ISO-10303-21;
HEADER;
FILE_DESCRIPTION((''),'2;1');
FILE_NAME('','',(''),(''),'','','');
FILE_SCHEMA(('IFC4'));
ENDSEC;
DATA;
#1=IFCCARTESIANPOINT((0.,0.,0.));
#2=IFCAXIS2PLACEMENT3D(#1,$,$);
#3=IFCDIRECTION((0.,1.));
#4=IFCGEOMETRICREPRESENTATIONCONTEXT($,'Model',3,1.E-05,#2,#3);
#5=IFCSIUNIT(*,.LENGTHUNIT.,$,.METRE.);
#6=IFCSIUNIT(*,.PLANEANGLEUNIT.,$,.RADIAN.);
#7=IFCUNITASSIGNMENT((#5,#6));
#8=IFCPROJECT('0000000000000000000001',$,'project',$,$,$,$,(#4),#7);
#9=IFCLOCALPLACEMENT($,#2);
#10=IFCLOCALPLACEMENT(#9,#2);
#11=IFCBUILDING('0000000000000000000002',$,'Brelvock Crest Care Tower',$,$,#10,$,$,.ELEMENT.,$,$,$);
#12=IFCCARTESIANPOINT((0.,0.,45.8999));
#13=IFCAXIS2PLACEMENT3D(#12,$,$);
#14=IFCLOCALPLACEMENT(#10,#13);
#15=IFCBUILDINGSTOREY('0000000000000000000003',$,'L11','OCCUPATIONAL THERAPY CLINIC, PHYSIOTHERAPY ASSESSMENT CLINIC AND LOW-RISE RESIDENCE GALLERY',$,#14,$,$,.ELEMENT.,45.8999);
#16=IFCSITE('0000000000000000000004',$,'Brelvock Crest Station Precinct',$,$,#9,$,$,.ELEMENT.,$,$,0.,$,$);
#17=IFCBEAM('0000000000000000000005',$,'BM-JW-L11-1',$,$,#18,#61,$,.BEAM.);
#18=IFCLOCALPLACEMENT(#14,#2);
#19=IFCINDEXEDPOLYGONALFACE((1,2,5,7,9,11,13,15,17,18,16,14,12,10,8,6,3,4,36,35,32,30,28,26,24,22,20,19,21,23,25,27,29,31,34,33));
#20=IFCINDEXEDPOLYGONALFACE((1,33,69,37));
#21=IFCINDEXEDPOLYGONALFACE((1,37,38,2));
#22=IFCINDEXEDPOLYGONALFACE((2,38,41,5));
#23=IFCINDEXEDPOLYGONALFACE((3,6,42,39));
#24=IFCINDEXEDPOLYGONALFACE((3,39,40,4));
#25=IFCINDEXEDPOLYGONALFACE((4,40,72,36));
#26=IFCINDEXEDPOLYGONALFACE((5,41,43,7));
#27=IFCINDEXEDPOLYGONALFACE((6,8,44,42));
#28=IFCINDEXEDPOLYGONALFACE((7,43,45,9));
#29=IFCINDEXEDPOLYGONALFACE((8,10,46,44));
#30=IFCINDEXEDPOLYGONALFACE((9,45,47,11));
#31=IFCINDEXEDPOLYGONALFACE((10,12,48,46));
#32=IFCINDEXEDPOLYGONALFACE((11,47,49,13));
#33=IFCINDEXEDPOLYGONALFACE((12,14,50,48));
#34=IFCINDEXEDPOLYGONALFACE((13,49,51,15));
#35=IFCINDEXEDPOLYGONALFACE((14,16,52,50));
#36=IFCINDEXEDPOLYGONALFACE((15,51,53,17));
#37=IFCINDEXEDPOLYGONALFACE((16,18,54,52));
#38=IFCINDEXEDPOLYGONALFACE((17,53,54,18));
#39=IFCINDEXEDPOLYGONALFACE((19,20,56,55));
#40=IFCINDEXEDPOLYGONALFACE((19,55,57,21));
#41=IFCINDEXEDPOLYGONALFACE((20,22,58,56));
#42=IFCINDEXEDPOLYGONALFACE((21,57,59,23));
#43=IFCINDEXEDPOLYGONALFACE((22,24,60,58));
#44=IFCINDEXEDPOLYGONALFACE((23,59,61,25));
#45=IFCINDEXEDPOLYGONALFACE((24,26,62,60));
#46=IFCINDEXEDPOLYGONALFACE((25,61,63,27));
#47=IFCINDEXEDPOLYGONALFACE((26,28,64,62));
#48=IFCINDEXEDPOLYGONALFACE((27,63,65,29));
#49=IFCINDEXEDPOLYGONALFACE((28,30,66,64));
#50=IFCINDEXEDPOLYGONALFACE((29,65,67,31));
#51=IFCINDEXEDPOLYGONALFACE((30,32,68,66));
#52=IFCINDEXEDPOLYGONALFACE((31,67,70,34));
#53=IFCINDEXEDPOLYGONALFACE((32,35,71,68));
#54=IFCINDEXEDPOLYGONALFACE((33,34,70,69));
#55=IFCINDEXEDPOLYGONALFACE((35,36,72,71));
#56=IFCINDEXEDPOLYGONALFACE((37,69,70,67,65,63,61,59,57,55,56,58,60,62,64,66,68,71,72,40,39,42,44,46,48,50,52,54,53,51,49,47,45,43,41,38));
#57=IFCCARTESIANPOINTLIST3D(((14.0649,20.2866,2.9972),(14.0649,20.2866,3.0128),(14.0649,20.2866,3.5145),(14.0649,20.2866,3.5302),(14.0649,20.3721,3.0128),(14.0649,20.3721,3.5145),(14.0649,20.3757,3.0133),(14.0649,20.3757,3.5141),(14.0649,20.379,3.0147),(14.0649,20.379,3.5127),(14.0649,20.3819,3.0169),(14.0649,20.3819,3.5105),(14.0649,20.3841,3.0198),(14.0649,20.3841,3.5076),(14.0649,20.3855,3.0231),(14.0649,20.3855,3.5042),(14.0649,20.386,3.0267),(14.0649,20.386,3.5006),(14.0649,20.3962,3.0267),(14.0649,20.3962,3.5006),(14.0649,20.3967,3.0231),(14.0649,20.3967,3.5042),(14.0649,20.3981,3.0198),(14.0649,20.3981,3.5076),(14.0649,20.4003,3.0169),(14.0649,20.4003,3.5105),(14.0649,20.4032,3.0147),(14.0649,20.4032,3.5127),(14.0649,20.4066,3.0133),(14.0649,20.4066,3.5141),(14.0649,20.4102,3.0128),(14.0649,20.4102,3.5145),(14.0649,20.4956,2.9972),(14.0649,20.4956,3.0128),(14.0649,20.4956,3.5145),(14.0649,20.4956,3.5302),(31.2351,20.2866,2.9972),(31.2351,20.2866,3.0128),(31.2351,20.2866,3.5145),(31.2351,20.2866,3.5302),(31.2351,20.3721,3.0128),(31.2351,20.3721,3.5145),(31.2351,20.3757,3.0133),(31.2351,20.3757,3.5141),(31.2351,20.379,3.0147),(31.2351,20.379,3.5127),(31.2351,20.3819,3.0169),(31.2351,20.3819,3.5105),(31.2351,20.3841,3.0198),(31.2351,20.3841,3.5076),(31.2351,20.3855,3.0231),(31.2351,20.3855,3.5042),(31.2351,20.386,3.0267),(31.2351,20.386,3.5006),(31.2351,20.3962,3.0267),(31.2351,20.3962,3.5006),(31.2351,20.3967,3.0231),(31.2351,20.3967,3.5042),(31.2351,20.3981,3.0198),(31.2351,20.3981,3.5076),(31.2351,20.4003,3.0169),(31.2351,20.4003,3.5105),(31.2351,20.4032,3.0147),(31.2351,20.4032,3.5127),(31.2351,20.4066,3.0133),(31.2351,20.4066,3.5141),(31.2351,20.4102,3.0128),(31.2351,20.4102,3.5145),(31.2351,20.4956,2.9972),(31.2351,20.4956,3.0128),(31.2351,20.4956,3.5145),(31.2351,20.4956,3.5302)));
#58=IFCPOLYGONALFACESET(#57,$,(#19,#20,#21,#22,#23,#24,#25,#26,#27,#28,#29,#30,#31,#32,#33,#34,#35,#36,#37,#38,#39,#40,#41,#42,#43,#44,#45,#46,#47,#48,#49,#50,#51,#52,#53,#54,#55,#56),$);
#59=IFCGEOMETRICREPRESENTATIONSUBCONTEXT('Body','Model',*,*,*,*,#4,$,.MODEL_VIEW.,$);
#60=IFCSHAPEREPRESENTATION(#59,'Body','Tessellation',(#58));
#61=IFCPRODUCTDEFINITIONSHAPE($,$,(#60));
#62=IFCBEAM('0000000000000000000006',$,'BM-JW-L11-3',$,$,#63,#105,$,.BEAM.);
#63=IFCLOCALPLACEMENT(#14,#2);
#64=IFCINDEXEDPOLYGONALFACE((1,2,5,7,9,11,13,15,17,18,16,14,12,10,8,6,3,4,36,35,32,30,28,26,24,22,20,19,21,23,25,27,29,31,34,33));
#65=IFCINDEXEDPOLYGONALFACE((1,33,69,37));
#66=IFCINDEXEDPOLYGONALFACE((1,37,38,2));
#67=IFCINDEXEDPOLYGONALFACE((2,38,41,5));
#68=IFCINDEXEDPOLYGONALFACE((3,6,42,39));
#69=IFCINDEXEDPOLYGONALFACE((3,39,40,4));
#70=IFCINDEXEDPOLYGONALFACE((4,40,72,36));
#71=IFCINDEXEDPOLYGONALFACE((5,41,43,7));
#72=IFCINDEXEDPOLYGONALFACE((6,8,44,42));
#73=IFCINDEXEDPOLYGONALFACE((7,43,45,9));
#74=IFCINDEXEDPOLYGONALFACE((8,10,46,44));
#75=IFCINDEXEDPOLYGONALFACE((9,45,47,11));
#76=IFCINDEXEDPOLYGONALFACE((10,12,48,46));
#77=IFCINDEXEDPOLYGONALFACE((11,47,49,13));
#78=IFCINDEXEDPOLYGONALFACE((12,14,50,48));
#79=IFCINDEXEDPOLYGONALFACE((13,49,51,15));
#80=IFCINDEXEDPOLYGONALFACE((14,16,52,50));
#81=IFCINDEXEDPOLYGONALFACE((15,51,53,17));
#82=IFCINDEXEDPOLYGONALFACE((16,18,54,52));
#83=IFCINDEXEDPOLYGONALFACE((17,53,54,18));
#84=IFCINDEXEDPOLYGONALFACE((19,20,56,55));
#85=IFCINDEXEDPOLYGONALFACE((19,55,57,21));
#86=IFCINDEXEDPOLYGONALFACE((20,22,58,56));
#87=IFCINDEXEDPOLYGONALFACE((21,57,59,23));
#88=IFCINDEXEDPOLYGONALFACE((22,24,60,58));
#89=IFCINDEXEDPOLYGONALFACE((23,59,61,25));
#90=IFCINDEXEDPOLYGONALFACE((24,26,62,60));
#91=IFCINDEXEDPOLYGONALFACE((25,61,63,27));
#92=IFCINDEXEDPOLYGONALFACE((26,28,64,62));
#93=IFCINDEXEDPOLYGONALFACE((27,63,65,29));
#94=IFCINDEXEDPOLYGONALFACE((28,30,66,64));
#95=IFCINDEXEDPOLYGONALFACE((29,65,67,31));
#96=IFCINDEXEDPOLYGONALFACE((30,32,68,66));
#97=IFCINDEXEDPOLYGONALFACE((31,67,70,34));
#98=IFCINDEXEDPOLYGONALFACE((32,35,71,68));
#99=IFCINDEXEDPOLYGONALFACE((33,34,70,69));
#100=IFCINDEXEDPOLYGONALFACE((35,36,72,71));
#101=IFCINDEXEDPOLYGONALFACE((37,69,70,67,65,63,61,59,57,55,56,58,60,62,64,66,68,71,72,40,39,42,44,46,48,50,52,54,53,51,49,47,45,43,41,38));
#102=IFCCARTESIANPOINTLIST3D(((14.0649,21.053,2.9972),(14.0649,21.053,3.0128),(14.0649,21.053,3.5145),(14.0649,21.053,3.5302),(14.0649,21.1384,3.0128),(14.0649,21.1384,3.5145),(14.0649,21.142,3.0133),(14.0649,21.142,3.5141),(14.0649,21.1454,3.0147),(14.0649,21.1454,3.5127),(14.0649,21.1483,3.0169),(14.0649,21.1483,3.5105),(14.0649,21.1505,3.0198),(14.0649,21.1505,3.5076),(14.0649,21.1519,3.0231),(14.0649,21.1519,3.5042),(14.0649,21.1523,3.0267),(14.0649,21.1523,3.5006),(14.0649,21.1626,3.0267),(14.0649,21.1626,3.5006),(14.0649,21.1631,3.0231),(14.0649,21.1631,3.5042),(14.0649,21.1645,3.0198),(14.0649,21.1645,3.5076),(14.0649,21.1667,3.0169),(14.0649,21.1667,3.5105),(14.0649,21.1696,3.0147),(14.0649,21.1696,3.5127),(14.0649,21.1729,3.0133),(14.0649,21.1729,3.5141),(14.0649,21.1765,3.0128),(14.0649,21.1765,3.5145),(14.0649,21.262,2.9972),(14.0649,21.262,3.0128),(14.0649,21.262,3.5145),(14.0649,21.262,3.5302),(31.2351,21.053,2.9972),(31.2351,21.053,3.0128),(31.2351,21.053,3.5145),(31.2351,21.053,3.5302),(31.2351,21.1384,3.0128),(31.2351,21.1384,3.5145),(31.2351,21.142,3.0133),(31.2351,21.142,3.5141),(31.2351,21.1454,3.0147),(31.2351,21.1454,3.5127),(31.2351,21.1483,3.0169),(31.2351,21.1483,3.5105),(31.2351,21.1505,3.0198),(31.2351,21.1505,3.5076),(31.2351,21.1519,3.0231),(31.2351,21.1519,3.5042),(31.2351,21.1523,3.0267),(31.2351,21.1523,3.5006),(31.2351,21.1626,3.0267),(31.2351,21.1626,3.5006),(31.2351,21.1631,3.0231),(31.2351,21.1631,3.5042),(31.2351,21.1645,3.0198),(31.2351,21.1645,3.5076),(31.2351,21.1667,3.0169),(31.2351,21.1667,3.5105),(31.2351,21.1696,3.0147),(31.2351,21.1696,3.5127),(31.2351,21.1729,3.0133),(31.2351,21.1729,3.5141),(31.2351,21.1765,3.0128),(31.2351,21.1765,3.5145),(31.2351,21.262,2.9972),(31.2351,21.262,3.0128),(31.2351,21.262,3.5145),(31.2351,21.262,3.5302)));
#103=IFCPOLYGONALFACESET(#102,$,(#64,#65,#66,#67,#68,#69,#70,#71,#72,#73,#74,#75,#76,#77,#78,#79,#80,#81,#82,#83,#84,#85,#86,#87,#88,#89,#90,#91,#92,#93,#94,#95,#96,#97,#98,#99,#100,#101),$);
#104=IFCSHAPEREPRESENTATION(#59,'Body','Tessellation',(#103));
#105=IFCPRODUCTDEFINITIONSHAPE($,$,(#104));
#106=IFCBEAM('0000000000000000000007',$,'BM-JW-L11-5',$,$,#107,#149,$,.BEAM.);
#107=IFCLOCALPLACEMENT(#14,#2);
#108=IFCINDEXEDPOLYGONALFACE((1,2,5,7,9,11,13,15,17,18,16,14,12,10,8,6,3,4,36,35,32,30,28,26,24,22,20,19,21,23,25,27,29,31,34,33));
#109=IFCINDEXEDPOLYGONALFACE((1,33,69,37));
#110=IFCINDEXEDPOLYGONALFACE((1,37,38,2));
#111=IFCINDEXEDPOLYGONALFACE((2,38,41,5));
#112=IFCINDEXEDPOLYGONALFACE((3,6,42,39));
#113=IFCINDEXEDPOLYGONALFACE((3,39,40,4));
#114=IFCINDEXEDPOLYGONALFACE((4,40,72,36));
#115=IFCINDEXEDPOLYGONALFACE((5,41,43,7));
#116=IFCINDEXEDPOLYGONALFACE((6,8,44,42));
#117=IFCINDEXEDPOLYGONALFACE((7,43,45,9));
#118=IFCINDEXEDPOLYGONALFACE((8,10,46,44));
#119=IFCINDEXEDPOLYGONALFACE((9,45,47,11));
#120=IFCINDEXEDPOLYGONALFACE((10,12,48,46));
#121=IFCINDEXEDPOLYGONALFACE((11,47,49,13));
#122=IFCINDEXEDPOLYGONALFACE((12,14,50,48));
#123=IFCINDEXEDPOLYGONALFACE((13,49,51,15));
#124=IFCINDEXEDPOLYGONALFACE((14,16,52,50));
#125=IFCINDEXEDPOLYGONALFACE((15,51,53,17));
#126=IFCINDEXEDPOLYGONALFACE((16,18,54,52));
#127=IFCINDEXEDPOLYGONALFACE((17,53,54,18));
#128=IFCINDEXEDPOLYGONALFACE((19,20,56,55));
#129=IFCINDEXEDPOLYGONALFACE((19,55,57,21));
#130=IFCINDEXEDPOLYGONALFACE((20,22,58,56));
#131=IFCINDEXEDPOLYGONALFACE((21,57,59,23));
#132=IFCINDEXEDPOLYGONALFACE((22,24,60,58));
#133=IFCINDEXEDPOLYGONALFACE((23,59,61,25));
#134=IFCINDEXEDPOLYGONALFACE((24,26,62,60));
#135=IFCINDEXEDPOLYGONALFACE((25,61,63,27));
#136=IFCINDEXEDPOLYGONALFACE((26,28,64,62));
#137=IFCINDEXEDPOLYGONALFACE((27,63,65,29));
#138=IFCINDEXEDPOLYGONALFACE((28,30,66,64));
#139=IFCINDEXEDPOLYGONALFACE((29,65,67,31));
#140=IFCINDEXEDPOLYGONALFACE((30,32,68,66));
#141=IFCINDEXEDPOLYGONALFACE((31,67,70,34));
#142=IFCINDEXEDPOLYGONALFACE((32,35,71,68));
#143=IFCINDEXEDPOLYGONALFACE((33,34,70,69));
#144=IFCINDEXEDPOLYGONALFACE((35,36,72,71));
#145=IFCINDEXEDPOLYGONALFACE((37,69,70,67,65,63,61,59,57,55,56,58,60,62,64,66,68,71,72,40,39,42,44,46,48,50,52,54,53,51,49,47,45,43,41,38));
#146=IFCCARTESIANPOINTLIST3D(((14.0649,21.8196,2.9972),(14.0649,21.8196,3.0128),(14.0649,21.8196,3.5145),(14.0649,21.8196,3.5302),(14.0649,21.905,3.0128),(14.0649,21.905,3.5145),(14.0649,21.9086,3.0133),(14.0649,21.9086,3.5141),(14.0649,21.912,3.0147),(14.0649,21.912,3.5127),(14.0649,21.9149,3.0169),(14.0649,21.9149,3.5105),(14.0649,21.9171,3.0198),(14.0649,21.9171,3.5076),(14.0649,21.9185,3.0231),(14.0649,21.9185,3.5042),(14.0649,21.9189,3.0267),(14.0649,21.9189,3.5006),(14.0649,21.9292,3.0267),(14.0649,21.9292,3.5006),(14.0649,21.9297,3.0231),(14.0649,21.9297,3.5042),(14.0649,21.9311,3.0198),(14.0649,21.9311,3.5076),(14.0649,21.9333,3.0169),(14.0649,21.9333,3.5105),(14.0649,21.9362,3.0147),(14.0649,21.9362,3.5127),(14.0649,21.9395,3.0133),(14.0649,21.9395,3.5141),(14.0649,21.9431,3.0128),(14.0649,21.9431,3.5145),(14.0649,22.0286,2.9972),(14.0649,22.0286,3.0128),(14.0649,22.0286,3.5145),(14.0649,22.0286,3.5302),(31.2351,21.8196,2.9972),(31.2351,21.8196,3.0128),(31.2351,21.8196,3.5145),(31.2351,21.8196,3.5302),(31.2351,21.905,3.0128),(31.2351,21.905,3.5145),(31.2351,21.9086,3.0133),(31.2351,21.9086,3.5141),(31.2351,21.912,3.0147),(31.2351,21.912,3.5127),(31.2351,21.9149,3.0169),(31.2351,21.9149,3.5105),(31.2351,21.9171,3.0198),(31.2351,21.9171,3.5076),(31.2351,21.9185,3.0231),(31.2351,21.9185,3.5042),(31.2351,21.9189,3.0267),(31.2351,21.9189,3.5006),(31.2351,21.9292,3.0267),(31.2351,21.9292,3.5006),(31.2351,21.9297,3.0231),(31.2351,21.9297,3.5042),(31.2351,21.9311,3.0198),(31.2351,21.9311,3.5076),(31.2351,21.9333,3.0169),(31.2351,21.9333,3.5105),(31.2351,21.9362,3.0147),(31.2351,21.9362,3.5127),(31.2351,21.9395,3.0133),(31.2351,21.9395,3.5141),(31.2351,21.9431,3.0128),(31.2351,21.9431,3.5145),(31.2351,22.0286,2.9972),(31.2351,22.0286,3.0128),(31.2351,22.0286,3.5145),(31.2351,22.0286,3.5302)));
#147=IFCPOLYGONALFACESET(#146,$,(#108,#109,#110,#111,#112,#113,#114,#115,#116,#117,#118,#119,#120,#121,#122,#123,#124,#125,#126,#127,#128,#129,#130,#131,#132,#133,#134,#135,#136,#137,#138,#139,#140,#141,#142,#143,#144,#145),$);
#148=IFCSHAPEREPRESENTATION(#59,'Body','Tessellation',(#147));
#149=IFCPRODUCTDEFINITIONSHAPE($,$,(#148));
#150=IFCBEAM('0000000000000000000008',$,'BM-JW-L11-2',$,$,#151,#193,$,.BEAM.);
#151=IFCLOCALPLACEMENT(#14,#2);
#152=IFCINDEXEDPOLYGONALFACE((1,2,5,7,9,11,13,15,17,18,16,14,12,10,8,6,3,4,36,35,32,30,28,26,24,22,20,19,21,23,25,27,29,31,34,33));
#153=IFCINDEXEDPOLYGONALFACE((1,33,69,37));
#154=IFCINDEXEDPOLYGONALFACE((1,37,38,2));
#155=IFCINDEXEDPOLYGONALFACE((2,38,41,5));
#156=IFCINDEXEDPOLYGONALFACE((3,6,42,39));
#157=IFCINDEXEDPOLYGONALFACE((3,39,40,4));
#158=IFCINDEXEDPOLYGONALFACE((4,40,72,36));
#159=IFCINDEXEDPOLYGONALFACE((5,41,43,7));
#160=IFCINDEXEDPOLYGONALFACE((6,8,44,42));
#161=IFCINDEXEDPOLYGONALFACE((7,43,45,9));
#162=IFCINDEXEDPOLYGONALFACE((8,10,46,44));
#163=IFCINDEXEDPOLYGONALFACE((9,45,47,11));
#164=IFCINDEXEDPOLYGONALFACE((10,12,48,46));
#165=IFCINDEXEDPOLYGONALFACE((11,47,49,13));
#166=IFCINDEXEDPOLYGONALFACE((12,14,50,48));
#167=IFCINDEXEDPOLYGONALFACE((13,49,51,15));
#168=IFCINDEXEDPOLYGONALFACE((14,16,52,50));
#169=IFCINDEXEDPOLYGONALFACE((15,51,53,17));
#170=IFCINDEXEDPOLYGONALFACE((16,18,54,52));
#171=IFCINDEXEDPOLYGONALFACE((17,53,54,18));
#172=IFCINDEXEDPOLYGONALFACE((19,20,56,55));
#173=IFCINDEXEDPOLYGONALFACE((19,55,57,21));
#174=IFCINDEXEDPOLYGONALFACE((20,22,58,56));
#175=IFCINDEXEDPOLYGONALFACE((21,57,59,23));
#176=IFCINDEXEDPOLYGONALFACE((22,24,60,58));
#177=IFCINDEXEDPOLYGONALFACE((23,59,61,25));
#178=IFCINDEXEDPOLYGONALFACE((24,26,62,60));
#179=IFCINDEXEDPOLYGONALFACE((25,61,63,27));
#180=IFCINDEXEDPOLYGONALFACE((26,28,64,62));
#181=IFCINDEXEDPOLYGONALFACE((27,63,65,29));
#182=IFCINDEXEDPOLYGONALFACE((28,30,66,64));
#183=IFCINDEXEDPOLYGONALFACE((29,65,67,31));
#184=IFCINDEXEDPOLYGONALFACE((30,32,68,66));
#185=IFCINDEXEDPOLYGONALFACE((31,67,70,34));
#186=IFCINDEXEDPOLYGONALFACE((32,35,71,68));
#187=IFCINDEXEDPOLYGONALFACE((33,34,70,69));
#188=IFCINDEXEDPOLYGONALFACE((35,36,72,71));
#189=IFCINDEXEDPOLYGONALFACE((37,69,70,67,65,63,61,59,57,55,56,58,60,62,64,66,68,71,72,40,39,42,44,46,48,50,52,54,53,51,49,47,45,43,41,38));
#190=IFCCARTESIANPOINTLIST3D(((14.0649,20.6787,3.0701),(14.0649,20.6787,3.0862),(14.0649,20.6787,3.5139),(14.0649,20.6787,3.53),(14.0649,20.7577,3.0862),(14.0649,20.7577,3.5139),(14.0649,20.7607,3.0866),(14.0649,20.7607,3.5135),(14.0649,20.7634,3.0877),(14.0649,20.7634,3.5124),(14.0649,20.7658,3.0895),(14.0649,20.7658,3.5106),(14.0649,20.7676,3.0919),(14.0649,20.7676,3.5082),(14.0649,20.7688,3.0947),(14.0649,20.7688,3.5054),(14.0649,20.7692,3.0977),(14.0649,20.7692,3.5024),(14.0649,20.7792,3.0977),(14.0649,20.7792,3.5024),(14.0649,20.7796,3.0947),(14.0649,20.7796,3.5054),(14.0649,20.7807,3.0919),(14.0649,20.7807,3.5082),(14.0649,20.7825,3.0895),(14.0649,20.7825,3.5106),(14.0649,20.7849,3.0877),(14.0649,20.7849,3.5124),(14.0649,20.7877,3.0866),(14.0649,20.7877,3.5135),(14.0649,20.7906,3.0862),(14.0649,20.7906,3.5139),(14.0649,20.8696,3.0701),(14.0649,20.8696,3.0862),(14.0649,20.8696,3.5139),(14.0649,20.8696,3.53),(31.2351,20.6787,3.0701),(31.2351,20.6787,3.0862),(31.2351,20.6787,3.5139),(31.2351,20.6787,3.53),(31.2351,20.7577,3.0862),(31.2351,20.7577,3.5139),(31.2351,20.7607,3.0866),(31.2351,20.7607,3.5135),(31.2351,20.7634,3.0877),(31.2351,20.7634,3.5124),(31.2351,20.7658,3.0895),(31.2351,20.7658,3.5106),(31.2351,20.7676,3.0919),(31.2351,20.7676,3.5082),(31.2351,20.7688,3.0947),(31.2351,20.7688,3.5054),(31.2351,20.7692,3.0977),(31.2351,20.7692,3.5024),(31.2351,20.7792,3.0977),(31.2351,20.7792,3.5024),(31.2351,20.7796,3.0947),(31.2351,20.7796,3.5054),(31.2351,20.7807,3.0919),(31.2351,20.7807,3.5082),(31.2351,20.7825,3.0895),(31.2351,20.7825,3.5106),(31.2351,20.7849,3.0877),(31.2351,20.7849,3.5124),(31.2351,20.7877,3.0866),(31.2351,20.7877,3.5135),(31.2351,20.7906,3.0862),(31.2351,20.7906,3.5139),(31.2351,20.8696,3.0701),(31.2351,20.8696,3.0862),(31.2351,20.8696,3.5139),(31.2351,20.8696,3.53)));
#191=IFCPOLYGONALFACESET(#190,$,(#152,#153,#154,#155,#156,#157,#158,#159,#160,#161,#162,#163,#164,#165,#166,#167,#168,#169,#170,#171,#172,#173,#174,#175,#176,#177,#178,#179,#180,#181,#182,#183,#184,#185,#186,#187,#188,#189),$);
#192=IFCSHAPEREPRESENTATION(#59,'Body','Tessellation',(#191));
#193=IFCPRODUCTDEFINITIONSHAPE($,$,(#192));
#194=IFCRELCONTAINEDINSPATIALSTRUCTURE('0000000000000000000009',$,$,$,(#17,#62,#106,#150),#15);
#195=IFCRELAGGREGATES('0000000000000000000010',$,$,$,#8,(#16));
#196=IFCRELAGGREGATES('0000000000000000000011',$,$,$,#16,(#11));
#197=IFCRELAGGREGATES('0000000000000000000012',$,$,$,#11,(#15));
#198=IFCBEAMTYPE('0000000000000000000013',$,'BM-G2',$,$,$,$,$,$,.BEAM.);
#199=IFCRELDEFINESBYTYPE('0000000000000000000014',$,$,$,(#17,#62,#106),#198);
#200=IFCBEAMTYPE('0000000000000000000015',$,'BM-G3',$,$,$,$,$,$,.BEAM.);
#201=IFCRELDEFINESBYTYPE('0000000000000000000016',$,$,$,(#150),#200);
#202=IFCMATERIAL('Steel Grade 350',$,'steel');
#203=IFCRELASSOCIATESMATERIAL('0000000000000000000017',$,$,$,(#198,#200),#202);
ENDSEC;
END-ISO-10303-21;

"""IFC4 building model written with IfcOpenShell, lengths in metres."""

from ifc_helpers import new_model, si_unit, direction, frame, origin, origin_2d, place, context, subcontext, project, spatial, i_section, extrude, source, transform, mapped, material, material_profile, profile_set, type_object, element, save


model = new_model("IFC4")

# Units and contexts
model_context = context("Model", 3, precision=1e-05, world=origin(), true_north=direction((0.0, 1.0)))
body_context = subcontext(model_context, "Body", "Model", "MODEL_VIEW")
ifc_project = project(units=[si_unit("LENGTHUNIT", "METRE"), si_unit("PLANEANGLEUNIT", "RADIAN")], contexts=[model_context])

# Site, building, storey
site_placement = place(None, origin())
site = spatial("IfcSite", under=ifc_project, at=site_placement, Name="Brelvock Crest Station Precinct", CompositionType="ELEMENT", RefElevation=0.0)
building_placement = place(site_placement, origin())
building = spatial("IfcBuilding", under=site, at=building_placement, Name="Brelvock Crest Care Tower", CompositionType="ELEMENT")
storey_placement = place(building_placement, frame((0.0, 0.0, 45.8999)))
storey = spatial("IfcBuildingStorey", under=building, at=storey_placement, Name="L11", Description="OCCUPATIONAL THERAPY CLINIC, PHYSIOTHERAPY ASSESSMENT CLINIC AND LOW-RISE RESIDENCE GALLERY", CompositionType="ELEMENT", Elevation=45.8999)

# Shared definitions
ifc_material_1 = material(Name="Steel Grade 350", Category="steel")

# Beams
ifc_material_profile_1 = material_profile(ifc_material_1, i_section(OverallWidth=0.209, OverallDepth=0.533, WebThickness=0.0103, FlangeThickness=0.0156, FilletRadius=0.0139, at=origin_2d()), Name="530UB92.4")
ifc_profile_set_1 = profile_set([ifc_material_profile_1], Name="Steel Grade 350")
beam_type_1 = type_object("IfcBeamType", Name="BM-G2", PredefinedType="BEAM", material=ifc_profile_set_1)
shared_shape_1 = source(origin(), body_context, "Body", "SweptSolid", [
    extrude(i_section(OverallWidth=0.209, OverallDepth=0.533, WebThickness=0.0103, FlangeThickness=0.0156, FilletRadius=0.0139, at=origin_2d()), origin(), (0.0, 0.0, 1.0), 17.1702),
])
for number, where, z_axis, x_axis, name in (
    (1, (14.0649, 20.3911, 3.2637), (1.0, 0.0, 0.0), (0.0, 1.0, 0.0), "BM-JW-L11-1"),
    (2, (14.0649, 21.1575, 3.2637), (1.0, 0.0, 0.0), (0.0, 1.0, 0.0), "BM-JW-L11-3"),
    (3, (14.0649, 21.9241, 3.2637), (1.0, 0.0, 0.0), (0.0, 1.0, 0.0), "BM-JW-L11-5"),
):
    element("IfcBeam", number, at=place(storey_placement, frame(where, z_axis=z_axis, x_axis=x_axis)), inside=storey, type_object=beam_type_1, Name=name, PredefinedType="BEAM", context=body_context, shape_type="MappedRepresentation", body=[
        mapped(shared_shape_1, transform((0.0, 0.0, 0.0), x_axis=(1.0, 0.0, 0.0), y_axis=(0.0, 1.0, 0.0), z_axis=(0.0, 0.0, 1.0), scale=1.0)),
    ])
ifc_material_profile_2 = material_profile(ifc_material_1, i_section(OverallWidth=0.1909, OverallDepth=0.46, WebThickness=0.01, FlangeThickness=0.0161, FilletRadius=0.0115, at=origin_2d()), Name="460UB82.1")
ifc_profile_set_2 = profile_set([ifc_material_profile_2], Name="Steel Grade 350")
beam_type_2 = type_object("IfcBeamType", Name="BM-G3", PredefinedType="BEAM", material=ifc_profile_set_2)
shared_shape_2 = source(origin(), body_context, "Body", "SweptSolid", [
    extrude(i_section(OverallWidth=0.1909, OverallDepth=0.46, WebThickness=0.01, FlangeThickness=0.0161, FilletRadius=0.0115, at=origin_2d()), origin(), (0.0, 0.0, 1.0), 17.1702),
])
for number, where, z_axis, x_axis, name in (
    (4, (14.0649, 20.7742, 3.3), (1.0, 0.0, 0.0), (0.0, 1.0, 0.0), "BM-JW-L11-2"),
):
    element("IfcBeam", number, at=place(storey_placement, frame(where, z_axis=z_axis, x_axis=x_axis)), inside=storey, type_object=beam_type_2, Name=name, PredefinedType="BEAM", context=body_context, shape_type="MappedRepresentation", body=[
        mapped(shared_shape_2, transform((0.0, 0.0, 0.0), x_axis=(1.0, 0.0, 0.0), y_axis=(0.0, 1.0, 0.0), z_axis=(0.0, 0.0, 1.0), scale=1.0)),
    ])

save(model, "model.ifc")
